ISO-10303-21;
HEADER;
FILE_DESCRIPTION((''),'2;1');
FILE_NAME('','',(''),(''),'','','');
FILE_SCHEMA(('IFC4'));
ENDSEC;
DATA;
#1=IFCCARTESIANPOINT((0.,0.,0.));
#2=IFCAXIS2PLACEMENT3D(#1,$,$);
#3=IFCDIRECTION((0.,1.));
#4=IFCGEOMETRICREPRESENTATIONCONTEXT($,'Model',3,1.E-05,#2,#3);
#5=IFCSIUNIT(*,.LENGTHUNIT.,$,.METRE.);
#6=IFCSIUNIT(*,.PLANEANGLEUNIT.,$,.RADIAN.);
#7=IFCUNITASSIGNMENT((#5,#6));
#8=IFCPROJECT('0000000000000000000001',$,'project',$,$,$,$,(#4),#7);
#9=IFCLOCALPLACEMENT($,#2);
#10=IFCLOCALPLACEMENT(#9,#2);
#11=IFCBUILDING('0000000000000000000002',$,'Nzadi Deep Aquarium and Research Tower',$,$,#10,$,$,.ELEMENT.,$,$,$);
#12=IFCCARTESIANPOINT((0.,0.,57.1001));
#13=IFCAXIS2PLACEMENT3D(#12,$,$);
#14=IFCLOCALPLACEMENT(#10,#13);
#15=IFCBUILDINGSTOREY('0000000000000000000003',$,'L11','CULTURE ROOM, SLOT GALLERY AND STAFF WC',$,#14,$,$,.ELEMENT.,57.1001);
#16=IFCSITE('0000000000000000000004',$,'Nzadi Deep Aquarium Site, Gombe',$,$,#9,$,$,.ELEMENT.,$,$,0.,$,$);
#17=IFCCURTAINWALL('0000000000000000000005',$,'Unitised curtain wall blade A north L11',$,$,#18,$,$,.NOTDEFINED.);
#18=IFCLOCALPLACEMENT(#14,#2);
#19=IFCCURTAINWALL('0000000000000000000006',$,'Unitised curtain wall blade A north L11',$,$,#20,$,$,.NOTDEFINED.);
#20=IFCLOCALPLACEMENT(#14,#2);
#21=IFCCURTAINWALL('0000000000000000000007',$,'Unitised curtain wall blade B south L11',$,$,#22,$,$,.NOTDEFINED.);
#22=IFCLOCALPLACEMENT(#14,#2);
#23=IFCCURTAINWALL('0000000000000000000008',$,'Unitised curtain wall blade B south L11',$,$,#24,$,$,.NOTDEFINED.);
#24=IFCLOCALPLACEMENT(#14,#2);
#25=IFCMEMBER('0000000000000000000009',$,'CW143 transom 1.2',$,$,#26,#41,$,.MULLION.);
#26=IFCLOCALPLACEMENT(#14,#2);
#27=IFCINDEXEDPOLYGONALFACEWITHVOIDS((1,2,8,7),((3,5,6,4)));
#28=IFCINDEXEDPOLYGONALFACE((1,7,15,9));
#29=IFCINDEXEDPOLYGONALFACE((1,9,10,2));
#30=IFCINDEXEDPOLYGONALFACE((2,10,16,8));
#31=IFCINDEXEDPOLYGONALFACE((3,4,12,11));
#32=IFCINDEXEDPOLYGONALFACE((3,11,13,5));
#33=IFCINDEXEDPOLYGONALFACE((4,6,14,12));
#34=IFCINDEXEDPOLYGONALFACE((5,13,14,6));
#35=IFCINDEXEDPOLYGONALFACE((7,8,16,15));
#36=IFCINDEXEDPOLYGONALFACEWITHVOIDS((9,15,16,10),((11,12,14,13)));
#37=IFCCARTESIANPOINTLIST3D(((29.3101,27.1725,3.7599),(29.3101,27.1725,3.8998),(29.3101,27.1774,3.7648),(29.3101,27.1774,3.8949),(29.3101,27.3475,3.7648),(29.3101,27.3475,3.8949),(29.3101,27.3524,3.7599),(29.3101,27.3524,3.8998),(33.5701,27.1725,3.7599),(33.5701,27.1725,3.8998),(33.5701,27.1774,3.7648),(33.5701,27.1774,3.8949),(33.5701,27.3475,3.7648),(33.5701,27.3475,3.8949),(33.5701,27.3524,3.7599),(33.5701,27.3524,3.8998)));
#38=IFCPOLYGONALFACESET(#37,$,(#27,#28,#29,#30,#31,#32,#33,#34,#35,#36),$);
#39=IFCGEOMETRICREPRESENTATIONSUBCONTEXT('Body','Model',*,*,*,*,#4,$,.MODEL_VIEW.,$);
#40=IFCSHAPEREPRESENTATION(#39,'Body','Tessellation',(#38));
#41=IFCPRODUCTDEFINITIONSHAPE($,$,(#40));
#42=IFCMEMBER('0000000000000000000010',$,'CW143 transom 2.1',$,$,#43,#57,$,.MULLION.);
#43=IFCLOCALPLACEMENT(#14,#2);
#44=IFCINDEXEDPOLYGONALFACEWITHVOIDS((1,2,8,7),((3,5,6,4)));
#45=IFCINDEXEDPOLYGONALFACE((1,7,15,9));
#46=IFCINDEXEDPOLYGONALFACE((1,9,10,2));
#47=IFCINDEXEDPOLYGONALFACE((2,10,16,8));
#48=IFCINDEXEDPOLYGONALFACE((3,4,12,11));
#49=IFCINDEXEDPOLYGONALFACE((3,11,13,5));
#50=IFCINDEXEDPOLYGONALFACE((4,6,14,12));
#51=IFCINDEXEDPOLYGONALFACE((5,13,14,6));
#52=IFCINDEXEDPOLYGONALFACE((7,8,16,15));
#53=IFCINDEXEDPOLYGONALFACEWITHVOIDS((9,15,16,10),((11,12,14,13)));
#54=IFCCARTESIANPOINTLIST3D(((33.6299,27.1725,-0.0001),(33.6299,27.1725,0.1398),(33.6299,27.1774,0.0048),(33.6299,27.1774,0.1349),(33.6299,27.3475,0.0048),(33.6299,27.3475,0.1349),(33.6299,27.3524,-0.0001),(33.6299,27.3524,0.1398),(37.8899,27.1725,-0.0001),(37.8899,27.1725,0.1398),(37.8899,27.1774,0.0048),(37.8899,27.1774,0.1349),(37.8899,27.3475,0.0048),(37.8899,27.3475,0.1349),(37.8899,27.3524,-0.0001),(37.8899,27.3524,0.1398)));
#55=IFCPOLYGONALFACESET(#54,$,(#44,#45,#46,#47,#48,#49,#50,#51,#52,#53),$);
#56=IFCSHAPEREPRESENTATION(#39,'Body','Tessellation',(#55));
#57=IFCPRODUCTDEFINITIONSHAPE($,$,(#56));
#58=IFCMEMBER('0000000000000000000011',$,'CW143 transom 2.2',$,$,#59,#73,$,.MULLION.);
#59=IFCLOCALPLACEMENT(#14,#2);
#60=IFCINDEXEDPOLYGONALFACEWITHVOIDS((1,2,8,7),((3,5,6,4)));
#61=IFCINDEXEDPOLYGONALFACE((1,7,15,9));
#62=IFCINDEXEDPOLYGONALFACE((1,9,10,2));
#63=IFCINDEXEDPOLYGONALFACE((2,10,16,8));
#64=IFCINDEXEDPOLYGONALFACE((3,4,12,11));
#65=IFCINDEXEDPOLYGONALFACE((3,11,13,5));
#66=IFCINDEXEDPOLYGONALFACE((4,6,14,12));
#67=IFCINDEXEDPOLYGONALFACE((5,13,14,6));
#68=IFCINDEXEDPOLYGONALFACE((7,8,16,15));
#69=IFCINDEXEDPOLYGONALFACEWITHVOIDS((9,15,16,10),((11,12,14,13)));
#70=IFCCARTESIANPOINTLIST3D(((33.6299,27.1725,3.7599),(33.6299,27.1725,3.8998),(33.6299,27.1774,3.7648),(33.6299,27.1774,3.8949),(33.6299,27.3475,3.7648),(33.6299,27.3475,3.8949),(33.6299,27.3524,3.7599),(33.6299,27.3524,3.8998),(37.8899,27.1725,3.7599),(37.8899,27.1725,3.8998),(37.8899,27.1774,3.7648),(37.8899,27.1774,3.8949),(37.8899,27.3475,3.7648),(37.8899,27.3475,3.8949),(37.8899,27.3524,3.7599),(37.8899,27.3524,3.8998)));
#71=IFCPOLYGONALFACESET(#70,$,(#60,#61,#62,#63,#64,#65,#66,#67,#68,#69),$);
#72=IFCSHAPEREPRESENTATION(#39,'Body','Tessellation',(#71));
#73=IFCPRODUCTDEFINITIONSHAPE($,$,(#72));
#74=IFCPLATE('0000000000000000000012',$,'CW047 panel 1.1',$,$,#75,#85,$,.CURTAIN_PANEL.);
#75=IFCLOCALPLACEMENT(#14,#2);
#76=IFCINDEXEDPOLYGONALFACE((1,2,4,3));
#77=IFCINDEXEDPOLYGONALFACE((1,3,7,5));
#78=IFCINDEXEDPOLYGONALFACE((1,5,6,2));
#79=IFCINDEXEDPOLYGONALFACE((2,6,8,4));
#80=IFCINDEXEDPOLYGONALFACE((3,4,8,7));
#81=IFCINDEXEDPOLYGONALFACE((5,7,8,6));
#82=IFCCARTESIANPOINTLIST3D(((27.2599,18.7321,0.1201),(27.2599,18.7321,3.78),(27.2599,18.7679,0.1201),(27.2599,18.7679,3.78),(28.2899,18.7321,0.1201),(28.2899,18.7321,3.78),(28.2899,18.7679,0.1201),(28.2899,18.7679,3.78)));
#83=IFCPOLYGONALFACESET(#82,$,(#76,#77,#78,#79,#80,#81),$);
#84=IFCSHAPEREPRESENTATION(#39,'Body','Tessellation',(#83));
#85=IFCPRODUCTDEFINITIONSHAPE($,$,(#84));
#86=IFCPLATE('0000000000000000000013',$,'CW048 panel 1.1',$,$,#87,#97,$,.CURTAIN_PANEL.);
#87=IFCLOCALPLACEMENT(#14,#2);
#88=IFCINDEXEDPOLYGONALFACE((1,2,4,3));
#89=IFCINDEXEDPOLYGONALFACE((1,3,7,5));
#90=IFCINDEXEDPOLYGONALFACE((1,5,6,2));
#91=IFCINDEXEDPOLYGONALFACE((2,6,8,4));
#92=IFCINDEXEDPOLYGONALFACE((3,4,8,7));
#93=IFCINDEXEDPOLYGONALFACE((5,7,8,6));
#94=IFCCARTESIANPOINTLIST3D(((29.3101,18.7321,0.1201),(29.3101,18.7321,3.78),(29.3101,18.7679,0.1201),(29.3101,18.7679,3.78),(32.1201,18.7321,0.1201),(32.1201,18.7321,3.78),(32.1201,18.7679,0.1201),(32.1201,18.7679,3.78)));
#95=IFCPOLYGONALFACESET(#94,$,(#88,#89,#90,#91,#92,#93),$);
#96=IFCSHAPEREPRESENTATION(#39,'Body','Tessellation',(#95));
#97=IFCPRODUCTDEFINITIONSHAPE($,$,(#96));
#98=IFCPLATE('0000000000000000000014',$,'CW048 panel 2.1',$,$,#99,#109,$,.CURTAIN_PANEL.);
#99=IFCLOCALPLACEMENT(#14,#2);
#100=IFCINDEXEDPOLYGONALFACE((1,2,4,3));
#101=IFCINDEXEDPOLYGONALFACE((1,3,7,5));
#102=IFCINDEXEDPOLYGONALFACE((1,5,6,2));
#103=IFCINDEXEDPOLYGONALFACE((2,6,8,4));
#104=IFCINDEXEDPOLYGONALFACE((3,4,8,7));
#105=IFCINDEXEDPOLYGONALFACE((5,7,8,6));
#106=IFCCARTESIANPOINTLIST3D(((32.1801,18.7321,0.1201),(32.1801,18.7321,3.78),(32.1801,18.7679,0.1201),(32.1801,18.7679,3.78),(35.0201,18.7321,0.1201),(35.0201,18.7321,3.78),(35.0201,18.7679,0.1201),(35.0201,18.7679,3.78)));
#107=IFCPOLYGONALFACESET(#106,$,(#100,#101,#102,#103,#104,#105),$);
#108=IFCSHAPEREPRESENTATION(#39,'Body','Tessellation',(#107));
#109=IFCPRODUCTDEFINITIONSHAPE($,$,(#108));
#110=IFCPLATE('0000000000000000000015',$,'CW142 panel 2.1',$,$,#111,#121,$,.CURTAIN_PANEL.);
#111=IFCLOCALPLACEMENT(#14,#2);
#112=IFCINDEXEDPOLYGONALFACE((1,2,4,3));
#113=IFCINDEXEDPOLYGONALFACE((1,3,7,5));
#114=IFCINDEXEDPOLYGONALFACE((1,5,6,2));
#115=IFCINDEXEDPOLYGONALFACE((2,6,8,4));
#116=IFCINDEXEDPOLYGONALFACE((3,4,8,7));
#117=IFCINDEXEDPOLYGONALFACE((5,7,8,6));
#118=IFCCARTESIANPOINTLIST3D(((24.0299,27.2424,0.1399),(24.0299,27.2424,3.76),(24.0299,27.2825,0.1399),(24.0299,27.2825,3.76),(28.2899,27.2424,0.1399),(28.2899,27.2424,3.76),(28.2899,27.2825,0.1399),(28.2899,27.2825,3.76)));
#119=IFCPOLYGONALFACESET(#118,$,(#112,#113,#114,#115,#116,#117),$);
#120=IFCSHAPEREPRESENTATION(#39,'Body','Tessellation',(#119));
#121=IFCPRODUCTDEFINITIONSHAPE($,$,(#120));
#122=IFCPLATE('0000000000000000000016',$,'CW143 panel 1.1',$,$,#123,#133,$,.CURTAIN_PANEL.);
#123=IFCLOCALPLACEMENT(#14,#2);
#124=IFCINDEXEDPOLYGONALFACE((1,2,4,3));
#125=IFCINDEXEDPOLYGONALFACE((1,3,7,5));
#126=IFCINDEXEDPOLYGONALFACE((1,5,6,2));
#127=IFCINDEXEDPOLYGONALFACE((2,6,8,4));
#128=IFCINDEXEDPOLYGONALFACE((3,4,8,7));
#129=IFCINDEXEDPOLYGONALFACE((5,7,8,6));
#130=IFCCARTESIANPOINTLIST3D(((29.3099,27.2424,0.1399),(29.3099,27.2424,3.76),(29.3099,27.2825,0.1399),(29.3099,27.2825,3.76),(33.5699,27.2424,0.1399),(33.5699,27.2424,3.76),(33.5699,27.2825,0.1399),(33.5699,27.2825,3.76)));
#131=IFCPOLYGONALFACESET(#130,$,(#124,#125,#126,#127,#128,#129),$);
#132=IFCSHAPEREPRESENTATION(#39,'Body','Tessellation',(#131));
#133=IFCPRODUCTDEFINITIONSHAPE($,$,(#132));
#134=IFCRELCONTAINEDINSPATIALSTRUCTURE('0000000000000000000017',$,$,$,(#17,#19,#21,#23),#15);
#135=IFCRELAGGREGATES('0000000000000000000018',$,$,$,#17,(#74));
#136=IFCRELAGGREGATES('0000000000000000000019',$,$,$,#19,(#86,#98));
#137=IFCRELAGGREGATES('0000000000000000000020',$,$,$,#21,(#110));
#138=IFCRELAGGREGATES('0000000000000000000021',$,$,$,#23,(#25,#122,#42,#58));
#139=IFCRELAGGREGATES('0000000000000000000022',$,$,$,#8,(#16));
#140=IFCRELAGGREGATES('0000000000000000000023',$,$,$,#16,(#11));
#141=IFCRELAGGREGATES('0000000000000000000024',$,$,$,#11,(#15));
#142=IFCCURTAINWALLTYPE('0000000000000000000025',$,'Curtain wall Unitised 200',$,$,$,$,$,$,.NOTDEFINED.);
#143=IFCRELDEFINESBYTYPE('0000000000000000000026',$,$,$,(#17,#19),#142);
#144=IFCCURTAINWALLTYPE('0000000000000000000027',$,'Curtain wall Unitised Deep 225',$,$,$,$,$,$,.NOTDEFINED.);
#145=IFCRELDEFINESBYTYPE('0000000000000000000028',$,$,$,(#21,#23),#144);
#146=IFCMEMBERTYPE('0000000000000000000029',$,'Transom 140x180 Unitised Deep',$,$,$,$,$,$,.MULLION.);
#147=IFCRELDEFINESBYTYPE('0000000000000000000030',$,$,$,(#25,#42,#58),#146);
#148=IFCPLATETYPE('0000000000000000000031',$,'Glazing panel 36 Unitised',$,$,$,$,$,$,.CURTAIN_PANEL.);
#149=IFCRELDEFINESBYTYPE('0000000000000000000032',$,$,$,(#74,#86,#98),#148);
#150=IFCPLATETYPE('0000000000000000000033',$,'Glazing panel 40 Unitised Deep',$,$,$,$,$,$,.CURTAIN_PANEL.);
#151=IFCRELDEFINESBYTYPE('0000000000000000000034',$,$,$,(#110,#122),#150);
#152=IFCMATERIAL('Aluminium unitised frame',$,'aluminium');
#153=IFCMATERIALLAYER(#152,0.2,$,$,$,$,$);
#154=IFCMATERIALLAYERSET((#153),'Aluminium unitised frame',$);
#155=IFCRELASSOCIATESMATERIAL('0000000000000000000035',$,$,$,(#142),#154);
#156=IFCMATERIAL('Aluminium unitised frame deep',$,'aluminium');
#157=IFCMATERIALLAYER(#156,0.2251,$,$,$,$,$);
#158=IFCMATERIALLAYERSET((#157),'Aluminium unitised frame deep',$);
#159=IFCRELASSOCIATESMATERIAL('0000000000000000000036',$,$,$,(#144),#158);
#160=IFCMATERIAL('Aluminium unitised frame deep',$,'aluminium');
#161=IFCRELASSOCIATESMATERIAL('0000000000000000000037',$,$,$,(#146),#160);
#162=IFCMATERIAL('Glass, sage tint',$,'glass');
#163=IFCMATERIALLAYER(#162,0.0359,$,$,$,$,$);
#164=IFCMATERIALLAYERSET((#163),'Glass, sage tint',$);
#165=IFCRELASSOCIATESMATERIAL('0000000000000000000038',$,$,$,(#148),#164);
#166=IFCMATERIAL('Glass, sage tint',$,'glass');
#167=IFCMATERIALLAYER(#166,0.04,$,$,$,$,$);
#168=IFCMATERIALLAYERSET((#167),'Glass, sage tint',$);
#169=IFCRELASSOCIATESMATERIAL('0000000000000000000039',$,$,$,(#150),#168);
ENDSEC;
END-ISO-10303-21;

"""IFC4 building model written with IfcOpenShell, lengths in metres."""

from ifc_helpers import new_model, si_unit, direction, frame, origin, origin_2d, place, context, subcontext, project, spatial, rectangle, hollow_rectangle, extrude, material, layer, layer_set, material_profile, profile_set, type_object, element, aggregate, save


model = new_model("IFC4")

# Units and contexts
model_context = context("Model", 3, precision=1e-05, world=origin(), true_north=direction((0.0, 1.0)))
body_context = subcontext(model_context, "Body", "Model", "MODEL_VIEW")
ifc_project = project(units=[si_unit("LENGTHUNIT", "METRE"), si_unit("PLANEANGLEUNIT", "RADIAN")], contexts=[model_context])

# Site, building, storey
site_placement = place(None, origin())
site = spatial("IfcSite", under=ifc_project, at=site_placement, Name="Nzadi Deep Aquarium Site, Gombe", CompositionType="ELEMENT", RefElevation=0.0)
building_placement = place(site_placement, origin())
building = spatial("IfcBuilding", under=site, at=building_placement, Name="Nzadi Deep Aquarium and Research Tower", CompositionType="ELEMENT")
storey_placement = place(building_placement, frame((0.0, 0.0, 57.1001)))
storey = spatial("IfcBuildingStorey", under=building, at=storey_placement, Name="L11", Description="CULTURE ROOM, SLOT GALLERY AND STAFF WC", CompositionType="ELEMENT", Elevation=57.1001)

# Curtain walls
ifc_material_1 = material(Name="Aluminium unitised frame", Category="aluminium")
ifc_layer_1 = layer(ifc_material_1, 0.2)
ifc_layer_set_1 = layer_set([ifc_layer_1], Name="Aluminium unitised frame")
curtain_wall_type_1 = type_object("IfcCurtainWallType", Name="Curtain wall Unitised 200", PredefinedType="NOTDEFINED", material=ifc_layer_set_1)
curtain_wall_1_placement = place(storey_placement, origin())
curtain_wall_1 = element("IfcCurtainWall", 1, at=curtain_wall_1_placement, inside=storey, type_object=curtain_wall_type_1, Name="Unitised curtain wall blade A north L11", PredefinedType="NOTDEFINED")
curtain_wall_2_placement = place(storey_placement, origin())
curtain_wall_2 = element("IfcCurtainWall", 2, at=curtain_wall_2_placement, inside=storey, type_object=curtain_wall_type_1, Name="Unitised curtain wall blade A north L11", PredefinedType="NOTDEFINED")
ifc_material_2 = material(Name="Aluminium unitised frame deep", Category="aluminium")
ifc_layer_2 = layer(ifc_material_2, 0.2251)
ifc_layer_set_2 = layer_set([ifc_layer_2], Name="Aluminium unitised frame deep")
curtain_wall_type_2 = type_object("IfcCurtainWallType", Name="Curtain wall Unitised Deep 225", PredefinedType="NOTDEFINED", material=ifc_layer_set_2)
curtain_wall_3_placement = place(storey_placement, origin())
curtain_wall_3 = element("IfcCurtainWall", 3, at=curtain_wall_3_placement, inside=storey, type_object=curtain_wall_type_2, Name="Unitised curtain wall blade B south L11", PredefinedType="NOTDEFINED")
curtain_wall_4_placement = place(storey_placement, origin())
curtain_wall_4 = element("IfcCurtainWall", 4, at=curtain_wall_4_placement, inside=storey, type_object=curtain_wall_type_2, Name="Unitised curtain wall blade B south L11", PredefinedType="NOTDEFINED")

# Members
ifc_material_3 = material(Name="Aluminium unitised frame deep", Category="aluminium")
ifc_material_profile_1 = material_profile(ifc_material_3, hollow_rectangle(XDim=0.1799, YDim=0.1399, WallThickness=0.0049, at=origin_2d()))
ifc_profile_set_1 = profile_set([ifc_material_profile_1], Name="Aluminium unitised frame deep")
member_type_1 = type_object("IfcMemberType", Name="Transom 140x180 Unitised Deep", PredefinedType="MULLION", material=ifc_profile_set_1)
member_1_placement = place(storey_placement, frame((29.3101, 27.2625, 3.8298), z_axis=(1.0, 0.0, 0.0), x_axis=(0.0, 1.0, 0.0)))
member_1 = element("IfcMember", 5, at=member_1_placement, type_object=member_type_1, Name="CW143 transom 1.2", PredefinedType="MULLION", context=body_context, shape_type="SweptSolid", body=[
    extrude(hollow_rectangle(XDim=0.1799, YDim=0.1399, WallThickness=0.0049, at=origin_2d()), origin(), (0.0, 0.0, 1.0), 4.26),
])
member_2_placement = place(storey_placement, frame((33.6299, 27.2625, 0.0698), z_axis=(1.0, 0.0, 0.0), x_axis=(0.0, 1.0, 0.0)))
member_2 = element("IfcMember", 6, at=member_2_placement, type_object=member_type_1, Name="CW143 transom 2.1", PredefinedType="MULLION", context=body_context, shape_type="SweptSolid", body=[
    extrude(hollow_rectangle(XDim=0.1799, YDim=0.1399, WallThickness=0.0049, at=origin_2d()), origin(), (0.0, 0.0, 1.0), 4.26),
])
member_3_placement = place(storey_placement, frame((33.6299, 27.2625, 3.8298), z_axis=(1.0, 0.0, 0.0), x_axis=(0.0, 1.0, 0.0)))
member_3 = element("IfcMember", 7, at=member_3_placement, type_object=member_type_1, Name="CW143 transom 2.2", PredefinedType="MULLION", context=body_context, shape_type="SweptSolid", body=[
    extrude(hollow_rectangle(XDim=0.1799, YDim=0.1399, WallThickness=0.0049, at=origin_2d()), origin(), (0.0, 0.0, 1.0), 4.26),
])

# Plates
ifc_material_4 = material(Name="Glass, sage tint", Category="glass")
ifc_layer_3 = layer(ifc_material_4, 0.0359)
ifc_layer_set_3 = layer_set([ifc_layer_3], Name="Glass, sage tint")
plate_type_1 = type_object("IfcPlateType", Name="Glazing panel 36 Unitised", PredefinedType="CURTAIN_PANEL", material=ifc_layer_set_3)
plate_1_placement = place(storey_placement, frame((27.7749, 18.75, 0.1201), z_axis=(0.0, 0.0, 1.0), x_axis=(1.0, 0.0, 0.0)))
plate_1 = element("IfcPlate", 8, at=plate_1_placement, type_object=plate_type_1, Name="CW047 panel 1.1", PredefinedType="CURTAIN_PANEL", context=body_context, shape_type="SweptSolid", body=[
    extrude(rectangle(XDim=1.03, YDim=0.0359, at=origin_2d()), origin(), (0.0, 0.0, 1.0), 3.6599),
])
aggregate(curtain_wall_1, [plate_1])
plate_2_placement = place(storey_placement, frame((30.7151, 18.75, 0.1201), z_axis=(0.0, 0.0, 1.0), x_axis=(1.0, 0.0, 0.0)))
plate_2 = element("IfcPlate", 9, at=plate_2_placement, type_object=plate_type_1, Name="CW048 panel 1.1", PredefinedType="CURTAIN_PANEL", context=body_context, shape_type="SweptSolid", body=[
    extrude(rectangle(XDim=2.8101, YDim=0.0359, at=origin_2d()), origin(), (0.0, 0.0, 1.0), 3.6599),
])
plate_3_placement = place(storey_placement, frame((33.6001, 18.75, 0.1201), z_axis=(0.0, 0.0, 1.0), x_axis=(1.0, 0.0, 0.0)))
plate_3 = element("IfcPlate", 10, at=plate_3_placement, type_object=plate_type_1, Name="CW048 panel 2.1", PredefinedType="CURTAIN_PANEL", context=body_context, shape_type="SweptSolid", body=[
    extrude(rectangle(XDim=2.8401, YDim=0.0359, at=origin_2d()), origin(), (0.0, 0.0, 1.0), 3.6599),
])
aggregate(curtain_wall_2, [plate_2, plate_3])
ifc_material_5 = material(Name="Glass, sage tint", Category="glass")
ifc_layer_4 = layer(ifc_material_5, 0.04)
ifc_layer_set_4 = layer_set([ifc_layer_4], Name="Glass, sage tint")
plate_type_2 = type_object("IfcPlateType", Name="Glazing panel 40 Unitised Deep", PredefinedType="CURTAIN_PANEL", material=ifc_layer_set_4)
plate_4_placement = place(storey_placement, frame((26.1599, 27.2625, 0.1399), z_axis=(0.0, 0.0, 1.0), x_axis=(1.0, 0.0, 0.0)))
plate_4 = element("IfcPlate", 11, at=plate_4_placement, type_object=plate_type_2, Name="CW142 panel 2.1", PredefinedType="CURTAIN_PANEL", context=body_context, shape_type="SweptSolid", body=[
    extrude(rectangle(XDim=4.26, YDim=0.04, at=origin_2d()), origin(), (0.0, 0.0, 1.0), 3.6201),
])
aggregate(curtain_wall_3, [plate_4])
plate_5_placement = place(storey_placement, frame((31.4399, 27.2625, 0.1399), z_axis=(0.0, 0.0, 1.0), x_axis=(1.0, 0.0, 0.0)))
plate_5 = element("IfcPlate", 12, at=plate_5_placement, type_object=plate_type_2, Name="CW143 panel 1.1", PredefinedType="CURTAIN_PANEL", context=body_context, shape_type="SweptSolid", body=[
    extrude(rectangle(XDim=4.26, YDim=0.04, at=origin_2d()), origin(), (0.0, 0.0, 1.0), 3.6201),
])
aggregate(curtain_wall_4, [member_1, plate_5, member_2, member_3])

save(model, "model.ifc")
